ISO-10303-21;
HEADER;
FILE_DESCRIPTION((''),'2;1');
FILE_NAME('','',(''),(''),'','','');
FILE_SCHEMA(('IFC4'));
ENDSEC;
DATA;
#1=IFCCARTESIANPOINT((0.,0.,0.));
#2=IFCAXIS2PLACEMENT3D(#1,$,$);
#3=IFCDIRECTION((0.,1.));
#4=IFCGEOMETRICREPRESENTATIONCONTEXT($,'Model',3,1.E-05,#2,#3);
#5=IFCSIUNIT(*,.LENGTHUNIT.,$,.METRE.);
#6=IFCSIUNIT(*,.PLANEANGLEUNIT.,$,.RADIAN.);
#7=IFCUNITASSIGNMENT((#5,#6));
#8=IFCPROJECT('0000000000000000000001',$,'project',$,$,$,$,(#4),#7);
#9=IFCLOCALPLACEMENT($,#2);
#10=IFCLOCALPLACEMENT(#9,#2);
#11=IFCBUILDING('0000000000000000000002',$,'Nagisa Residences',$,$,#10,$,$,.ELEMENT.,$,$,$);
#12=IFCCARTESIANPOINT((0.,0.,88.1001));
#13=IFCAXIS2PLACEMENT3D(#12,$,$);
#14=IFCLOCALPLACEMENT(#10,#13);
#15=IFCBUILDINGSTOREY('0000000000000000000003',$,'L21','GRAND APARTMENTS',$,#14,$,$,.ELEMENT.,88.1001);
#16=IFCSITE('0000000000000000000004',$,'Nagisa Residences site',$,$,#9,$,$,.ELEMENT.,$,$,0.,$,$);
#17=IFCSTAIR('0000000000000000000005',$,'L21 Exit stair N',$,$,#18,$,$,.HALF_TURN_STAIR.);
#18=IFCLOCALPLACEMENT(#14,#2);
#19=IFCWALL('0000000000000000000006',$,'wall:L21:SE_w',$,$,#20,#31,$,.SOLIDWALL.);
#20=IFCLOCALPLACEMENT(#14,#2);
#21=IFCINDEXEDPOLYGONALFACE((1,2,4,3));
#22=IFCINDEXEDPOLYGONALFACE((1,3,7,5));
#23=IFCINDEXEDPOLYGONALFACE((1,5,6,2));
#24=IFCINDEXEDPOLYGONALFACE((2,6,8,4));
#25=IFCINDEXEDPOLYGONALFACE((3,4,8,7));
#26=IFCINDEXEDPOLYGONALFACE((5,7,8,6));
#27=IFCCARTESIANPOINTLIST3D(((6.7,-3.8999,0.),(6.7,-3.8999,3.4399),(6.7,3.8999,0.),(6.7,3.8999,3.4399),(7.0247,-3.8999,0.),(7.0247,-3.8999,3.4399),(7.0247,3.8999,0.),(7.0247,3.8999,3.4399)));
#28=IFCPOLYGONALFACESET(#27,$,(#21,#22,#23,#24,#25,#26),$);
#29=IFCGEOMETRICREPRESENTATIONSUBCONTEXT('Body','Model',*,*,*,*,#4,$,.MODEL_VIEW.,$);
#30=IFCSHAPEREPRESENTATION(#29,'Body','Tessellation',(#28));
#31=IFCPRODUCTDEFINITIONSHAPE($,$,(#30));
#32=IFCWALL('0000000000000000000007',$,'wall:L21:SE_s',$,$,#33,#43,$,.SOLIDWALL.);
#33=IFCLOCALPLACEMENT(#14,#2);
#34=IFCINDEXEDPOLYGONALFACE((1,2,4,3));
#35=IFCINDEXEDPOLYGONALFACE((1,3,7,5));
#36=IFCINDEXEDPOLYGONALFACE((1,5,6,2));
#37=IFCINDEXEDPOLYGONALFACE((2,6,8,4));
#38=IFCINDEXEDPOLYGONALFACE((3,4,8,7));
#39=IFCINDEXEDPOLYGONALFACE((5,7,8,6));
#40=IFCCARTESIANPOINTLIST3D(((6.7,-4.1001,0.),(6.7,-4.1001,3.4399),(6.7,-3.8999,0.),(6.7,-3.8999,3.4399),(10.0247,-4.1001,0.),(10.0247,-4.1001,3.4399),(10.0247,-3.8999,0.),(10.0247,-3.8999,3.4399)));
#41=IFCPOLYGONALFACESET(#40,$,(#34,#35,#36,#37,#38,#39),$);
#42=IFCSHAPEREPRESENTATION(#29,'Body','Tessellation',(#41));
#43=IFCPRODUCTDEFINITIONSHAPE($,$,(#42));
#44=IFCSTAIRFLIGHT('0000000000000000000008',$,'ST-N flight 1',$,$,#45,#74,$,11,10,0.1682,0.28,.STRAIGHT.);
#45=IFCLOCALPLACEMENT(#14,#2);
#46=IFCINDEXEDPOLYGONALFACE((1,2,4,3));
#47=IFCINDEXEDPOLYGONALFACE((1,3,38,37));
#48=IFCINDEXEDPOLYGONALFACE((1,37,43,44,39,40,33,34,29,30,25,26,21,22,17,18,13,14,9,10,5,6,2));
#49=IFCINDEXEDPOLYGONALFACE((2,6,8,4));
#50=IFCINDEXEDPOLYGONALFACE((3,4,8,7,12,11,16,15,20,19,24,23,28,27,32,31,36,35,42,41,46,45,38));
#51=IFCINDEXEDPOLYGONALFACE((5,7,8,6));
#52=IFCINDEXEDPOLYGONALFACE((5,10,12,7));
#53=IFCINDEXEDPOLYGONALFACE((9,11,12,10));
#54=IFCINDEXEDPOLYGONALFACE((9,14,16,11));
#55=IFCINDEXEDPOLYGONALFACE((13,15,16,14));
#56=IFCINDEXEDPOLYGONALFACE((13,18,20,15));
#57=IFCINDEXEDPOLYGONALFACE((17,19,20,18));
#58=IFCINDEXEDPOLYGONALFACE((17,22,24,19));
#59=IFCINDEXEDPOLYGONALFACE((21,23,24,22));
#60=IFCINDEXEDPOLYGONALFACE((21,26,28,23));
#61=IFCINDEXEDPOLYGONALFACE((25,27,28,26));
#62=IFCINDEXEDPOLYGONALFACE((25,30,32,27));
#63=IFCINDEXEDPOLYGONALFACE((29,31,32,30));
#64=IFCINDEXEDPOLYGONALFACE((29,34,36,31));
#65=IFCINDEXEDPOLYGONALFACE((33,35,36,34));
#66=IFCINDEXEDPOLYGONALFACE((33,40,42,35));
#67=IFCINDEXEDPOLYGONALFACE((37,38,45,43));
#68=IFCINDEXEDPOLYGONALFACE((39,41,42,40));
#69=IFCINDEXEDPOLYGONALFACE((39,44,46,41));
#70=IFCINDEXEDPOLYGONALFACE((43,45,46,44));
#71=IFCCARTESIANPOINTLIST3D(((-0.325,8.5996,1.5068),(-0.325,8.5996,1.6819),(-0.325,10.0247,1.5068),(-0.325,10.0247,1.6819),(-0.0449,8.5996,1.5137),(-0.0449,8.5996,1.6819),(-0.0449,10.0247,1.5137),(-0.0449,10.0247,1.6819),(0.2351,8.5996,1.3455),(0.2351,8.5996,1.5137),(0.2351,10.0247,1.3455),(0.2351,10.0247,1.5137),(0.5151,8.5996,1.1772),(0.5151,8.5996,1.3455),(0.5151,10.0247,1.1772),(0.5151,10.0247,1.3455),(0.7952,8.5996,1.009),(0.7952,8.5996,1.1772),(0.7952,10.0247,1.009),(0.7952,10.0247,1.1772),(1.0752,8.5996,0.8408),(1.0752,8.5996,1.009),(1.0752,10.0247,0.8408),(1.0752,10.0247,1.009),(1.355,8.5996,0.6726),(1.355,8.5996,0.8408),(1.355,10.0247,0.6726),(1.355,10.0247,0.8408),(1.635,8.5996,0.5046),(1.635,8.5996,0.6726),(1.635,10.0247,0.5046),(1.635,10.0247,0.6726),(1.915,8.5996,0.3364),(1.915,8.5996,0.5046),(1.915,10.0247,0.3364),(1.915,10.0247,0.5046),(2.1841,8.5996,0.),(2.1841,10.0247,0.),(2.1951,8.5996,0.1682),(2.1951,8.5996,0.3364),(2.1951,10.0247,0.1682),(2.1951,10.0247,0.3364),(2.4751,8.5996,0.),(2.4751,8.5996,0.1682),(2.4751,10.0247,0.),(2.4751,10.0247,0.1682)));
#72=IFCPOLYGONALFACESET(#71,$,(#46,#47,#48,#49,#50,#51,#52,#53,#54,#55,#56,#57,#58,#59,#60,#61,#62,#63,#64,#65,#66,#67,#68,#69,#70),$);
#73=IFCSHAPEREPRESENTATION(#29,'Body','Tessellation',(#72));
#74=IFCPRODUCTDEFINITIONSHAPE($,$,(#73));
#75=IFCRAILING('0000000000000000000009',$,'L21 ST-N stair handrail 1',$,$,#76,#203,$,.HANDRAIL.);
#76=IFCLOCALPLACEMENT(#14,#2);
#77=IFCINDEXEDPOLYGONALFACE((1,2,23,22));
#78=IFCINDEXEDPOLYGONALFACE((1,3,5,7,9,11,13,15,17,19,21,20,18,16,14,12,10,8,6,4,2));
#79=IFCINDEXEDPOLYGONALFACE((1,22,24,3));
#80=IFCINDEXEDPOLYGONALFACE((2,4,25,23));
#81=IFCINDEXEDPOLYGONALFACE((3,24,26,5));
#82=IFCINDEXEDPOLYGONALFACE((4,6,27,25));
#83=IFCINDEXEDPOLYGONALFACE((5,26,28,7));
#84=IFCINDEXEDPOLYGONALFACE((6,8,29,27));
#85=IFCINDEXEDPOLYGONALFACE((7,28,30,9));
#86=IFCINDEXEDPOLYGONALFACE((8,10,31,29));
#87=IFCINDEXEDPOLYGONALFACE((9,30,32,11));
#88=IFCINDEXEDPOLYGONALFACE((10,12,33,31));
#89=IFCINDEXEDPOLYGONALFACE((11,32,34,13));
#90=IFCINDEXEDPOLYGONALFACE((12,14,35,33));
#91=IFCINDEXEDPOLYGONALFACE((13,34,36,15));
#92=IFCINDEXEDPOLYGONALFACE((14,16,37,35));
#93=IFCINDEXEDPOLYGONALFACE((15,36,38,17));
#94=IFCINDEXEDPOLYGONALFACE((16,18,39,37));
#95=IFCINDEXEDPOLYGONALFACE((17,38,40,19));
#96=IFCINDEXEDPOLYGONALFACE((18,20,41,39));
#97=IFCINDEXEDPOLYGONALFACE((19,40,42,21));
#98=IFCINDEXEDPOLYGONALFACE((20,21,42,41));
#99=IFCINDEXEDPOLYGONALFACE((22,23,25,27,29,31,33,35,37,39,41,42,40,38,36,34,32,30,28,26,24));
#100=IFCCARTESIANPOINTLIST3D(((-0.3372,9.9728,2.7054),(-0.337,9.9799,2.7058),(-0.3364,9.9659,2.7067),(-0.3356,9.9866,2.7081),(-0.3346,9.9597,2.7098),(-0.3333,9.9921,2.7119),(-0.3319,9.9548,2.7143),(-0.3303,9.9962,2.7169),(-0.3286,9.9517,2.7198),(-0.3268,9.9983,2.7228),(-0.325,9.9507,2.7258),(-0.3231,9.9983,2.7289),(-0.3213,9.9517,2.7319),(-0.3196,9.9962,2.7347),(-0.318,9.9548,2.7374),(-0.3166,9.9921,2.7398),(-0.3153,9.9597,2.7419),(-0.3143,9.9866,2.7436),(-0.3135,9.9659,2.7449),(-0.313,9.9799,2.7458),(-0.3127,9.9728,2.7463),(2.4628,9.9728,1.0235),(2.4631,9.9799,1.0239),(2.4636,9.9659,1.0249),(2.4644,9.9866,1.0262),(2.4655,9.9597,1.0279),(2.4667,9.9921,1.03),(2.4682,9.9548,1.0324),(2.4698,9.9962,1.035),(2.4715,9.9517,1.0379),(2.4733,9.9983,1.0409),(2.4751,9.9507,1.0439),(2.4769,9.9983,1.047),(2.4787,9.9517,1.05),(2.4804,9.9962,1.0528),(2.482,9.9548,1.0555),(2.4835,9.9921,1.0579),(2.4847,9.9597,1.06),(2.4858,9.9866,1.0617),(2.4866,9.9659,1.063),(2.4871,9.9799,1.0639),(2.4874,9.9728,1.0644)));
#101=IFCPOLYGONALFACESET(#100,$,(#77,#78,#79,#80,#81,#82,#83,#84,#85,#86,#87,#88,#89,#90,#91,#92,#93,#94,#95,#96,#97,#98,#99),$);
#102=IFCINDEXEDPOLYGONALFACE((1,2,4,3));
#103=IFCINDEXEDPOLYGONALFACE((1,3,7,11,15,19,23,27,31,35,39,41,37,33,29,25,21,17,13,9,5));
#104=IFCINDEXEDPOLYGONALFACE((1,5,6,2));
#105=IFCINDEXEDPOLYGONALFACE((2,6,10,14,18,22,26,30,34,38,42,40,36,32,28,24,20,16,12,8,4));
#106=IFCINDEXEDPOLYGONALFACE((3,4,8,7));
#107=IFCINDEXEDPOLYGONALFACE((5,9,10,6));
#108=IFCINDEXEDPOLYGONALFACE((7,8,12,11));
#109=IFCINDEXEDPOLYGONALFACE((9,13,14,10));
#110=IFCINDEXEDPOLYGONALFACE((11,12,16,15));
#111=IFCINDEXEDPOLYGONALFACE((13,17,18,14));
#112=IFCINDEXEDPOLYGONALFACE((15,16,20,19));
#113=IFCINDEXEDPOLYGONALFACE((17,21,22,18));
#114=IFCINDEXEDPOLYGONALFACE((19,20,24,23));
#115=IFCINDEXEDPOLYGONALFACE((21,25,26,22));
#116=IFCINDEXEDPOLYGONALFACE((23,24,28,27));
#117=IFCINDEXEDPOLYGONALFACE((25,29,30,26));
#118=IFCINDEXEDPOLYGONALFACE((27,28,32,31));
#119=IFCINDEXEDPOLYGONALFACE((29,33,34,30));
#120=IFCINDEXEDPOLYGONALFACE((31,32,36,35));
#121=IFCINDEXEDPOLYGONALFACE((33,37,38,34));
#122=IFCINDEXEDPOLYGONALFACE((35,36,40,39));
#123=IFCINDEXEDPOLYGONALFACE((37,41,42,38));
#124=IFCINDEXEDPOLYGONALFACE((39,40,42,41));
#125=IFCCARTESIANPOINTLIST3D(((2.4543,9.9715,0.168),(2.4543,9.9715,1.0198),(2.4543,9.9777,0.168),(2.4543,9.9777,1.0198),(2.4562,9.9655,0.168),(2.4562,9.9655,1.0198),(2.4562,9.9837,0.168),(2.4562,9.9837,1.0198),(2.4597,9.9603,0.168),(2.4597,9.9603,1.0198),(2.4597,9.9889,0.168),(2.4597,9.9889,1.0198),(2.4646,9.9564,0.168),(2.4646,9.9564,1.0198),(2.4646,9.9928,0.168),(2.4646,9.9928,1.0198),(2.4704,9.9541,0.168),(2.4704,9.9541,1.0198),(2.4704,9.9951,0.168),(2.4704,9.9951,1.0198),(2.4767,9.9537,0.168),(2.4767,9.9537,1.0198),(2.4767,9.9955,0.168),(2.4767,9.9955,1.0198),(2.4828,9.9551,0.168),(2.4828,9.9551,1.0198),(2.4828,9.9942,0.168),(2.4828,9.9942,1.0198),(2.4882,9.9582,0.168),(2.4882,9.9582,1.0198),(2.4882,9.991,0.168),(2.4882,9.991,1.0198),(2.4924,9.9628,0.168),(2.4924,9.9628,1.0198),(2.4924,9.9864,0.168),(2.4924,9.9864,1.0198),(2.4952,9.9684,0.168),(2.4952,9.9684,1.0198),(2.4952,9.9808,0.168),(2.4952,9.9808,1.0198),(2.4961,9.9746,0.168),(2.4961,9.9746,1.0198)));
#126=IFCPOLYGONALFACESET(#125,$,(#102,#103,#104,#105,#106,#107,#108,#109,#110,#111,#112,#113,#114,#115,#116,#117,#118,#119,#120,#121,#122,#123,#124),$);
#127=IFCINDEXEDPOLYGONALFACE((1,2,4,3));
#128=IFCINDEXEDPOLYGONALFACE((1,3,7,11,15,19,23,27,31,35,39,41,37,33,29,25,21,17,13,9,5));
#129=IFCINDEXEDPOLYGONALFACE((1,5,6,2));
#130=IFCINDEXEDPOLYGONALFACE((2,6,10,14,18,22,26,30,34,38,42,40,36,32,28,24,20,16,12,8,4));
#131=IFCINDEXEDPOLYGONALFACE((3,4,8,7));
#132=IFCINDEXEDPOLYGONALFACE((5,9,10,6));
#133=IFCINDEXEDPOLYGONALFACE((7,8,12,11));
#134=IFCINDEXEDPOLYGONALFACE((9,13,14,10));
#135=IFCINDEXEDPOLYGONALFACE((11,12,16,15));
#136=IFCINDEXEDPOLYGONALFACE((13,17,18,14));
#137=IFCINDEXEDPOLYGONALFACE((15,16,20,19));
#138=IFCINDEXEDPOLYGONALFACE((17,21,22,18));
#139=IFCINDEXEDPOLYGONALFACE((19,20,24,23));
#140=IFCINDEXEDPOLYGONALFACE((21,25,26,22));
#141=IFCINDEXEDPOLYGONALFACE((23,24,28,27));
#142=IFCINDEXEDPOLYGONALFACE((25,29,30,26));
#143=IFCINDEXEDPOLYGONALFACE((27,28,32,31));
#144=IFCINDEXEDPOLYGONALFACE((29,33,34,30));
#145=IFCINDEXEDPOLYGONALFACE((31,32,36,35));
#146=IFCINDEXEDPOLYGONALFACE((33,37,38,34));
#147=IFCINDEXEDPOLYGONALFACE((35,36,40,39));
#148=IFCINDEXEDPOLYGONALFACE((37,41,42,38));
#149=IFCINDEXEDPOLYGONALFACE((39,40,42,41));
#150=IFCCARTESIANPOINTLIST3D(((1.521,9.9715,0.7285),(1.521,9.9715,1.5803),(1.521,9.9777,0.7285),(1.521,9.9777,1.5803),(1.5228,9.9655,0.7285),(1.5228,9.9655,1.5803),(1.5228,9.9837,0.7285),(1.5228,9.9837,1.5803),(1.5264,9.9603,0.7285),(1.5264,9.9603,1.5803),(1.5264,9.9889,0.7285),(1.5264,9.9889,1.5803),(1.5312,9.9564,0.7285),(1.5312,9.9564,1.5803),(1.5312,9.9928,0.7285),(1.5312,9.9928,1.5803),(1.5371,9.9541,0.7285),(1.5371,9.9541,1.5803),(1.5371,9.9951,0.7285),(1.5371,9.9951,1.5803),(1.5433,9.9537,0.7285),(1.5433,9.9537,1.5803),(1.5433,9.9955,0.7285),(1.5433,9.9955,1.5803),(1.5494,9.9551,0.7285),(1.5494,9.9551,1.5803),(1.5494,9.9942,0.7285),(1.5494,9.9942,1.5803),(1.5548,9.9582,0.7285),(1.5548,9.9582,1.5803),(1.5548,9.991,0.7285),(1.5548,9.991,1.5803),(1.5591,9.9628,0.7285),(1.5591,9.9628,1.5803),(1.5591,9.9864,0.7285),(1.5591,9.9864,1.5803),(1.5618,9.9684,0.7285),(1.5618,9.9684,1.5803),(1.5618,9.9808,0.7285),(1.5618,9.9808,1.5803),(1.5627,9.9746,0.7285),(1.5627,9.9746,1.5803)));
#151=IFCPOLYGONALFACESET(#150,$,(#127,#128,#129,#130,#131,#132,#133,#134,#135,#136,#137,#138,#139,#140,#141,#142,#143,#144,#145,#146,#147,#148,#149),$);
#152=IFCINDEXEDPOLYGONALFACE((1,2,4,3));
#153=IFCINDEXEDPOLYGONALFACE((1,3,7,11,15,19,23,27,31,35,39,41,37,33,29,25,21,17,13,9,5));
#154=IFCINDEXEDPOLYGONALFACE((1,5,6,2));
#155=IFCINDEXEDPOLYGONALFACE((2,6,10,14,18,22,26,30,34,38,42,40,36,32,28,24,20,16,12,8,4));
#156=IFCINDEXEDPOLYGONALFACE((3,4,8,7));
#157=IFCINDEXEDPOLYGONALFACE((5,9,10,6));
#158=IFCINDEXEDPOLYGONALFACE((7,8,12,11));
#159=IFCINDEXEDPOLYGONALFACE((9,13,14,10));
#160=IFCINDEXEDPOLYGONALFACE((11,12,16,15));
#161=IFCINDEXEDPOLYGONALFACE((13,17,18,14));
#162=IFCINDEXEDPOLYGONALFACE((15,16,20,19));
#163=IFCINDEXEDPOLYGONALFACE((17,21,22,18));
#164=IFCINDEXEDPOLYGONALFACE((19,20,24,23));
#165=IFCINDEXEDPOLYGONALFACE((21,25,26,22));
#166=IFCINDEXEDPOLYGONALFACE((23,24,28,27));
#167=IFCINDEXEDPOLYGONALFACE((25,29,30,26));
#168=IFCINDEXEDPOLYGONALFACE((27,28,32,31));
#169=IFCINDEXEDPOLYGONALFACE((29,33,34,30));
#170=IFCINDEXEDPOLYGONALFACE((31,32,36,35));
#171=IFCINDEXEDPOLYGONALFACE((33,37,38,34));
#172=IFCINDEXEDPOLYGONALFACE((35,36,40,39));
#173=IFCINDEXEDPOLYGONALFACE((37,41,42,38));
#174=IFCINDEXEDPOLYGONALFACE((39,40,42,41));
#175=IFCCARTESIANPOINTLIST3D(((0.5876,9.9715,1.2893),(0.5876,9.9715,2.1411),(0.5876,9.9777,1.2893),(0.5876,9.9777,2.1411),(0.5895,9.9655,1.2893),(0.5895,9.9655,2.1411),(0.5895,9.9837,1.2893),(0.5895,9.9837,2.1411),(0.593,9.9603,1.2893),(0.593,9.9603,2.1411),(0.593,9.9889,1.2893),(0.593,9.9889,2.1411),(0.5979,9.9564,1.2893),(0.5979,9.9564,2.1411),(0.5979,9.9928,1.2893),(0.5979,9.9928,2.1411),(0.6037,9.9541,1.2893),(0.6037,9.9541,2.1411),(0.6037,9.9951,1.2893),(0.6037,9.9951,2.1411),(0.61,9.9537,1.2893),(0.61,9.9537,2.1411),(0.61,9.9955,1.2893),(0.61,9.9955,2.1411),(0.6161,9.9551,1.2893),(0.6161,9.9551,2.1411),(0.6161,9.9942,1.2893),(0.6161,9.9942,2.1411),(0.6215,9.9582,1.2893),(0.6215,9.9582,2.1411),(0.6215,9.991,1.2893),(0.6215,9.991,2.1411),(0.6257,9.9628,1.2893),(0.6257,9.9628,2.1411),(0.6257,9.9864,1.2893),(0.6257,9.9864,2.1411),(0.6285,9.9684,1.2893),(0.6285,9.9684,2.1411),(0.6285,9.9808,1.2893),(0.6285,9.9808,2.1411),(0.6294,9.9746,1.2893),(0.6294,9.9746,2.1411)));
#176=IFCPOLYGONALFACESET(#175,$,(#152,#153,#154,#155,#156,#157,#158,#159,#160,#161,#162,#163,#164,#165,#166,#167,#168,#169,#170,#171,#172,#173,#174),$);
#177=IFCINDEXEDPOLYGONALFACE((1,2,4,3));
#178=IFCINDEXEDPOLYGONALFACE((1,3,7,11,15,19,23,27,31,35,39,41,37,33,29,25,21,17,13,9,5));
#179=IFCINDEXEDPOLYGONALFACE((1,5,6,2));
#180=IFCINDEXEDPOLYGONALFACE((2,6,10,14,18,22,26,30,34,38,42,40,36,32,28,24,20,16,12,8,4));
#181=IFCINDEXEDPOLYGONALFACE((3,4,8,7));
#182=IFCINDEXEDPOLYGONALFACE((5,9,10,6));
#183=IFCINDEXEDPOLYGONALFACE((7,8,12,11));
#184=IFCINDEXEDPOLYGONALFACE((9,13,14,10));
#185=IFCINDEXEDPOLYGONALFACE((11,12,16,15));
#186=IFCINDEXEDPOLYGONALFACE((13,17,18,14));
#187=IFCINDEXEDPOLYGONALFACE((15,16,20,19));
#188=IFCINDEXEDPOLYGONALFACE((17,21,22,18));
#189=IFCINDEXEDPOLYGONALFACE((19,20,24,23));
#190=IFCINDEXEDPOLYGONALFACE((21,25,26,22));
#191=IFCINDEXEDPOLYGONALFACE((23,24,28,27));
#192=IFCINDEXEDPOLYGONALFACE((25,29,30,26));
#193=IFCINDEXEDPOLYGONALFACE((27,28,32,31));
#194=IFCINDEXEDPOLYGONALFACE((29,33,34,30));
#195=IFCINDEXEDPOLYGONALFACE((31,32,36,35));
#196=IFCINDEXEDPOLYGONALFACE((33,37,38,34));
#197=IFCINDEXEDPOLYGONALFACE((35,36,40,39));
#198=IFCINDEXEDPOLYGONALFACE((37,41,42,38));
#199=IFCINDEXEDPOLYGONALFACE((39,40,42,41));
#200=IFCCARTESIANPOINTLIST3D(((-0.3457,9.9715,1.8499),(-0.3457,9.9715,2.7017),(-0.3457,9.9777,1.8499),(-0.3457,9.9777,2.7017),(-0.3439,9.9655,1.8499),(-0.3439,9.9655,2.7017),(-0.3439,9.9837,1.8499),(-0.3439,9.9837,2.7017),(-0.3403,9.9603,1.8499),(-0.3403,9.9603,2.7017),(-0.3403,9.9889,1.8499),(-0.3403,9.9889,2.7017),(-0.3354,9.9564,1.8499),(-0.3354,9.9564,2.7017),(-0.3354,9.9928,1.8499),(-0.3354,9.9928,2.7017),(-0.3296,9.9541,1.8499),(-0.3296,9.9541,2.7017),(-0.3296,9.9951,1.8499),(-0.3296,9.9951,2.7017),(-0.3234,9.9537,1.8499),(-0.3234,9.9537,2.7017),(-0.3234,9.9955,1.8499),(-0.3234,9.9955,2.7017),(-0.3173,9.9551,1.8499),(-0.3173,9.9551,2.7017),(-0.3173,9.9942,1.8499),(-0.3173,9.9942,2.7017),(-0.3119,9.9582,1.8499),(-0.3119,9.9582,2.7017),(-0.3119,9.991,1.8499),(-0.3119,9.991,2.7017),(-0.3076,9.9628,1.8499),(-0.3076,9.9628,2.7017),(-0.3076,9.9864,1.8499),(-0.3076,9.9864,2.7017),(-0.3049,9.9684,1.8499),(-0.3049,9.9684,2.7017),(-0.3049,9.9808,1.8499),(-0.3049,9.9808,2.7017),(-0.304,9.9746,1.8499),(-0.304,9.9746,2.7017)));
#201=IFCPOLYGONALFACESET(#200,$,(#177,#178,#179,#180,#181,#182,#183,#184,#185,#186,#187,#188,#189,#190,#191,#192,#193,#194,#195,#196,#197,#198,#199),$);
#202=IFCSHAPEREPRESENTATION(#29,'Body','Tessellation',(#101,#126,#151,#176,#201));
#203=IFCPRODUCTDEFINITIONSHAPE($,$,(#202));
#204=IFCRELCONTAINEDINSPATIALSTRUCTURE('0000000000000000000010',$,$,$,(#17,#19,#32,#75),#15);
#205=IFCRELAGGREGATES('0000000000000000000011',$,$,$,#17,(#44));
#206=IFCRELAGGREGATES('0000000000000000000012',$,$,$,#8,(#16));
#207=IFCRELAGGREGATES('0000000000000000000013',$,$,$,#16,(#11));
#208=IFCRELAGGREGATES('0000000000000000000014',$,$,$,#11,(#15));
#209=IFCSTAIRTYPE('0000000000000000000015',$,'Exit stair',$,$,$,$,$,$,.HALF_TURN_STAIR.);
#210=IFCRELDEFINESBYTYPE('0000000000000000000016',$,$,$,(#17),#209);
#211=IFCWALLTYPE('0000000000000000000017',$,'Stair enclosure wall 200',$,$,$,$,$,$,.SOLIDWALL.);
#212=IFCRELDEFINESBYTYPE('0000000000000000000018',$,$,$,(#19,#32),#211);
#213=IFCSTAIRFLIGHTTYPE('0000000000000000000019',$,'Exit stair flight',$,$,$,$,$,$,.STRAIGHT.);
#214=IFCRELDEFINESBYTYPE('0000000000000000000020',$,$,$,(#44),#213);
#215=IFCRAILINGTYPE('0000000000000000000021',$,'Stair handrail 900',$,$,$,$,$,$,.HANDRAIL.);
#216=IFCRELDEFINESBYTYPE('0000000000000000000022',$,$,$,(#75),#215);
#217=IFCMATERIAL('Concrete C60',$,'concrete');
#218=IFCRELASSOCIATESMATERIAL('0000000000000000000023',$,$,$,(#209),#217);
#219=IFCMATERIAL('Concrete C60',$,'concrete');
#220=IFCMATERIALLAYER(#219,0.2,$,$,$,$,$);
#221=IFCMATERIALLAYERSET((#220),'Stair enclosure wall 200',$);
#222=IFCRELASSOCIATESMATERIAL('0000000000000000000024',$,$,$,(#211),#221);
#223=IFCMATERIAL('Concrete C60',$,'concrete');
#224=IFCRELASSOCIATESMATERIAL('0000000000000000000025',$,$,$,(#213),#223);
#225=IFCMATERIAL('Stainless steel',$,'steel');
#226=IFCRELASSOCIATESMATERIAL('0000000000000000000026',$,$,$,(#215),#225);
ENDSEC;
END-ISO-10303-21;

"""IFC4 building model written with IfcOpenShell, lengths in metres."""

from ifc_helpers import new_model, si_unit, direction, frame, origin, origin_2d, place, context, subcontext, project, spatial, polyline, circle, outline, extrude, material, layer, layer_set, type_object, element, aggregate, save


model = new_model("IFC4")

# Units and contexts
model_context = context("Model", 3, precision=1e-05, world=origin(), true_north=direction((0.0, 1.0)))
body_context = subcontext(model_context, "Body", "Model", "MODEL_VIEW")
ifc_project = project(units=[si_unit("LENGTHUNIT", "METRE"), si_unit("PLANEANGLEUNIT", "RADIAN")], contexts=[model_context])

# Site, building, storey
site_placement = place(None, origin())
site = spatial("IfcSite", under=ifc_project, at=site_placement, Name="Nagisa Residences site", CompositionType="ELEMENT", RefElevation=0.0)
building_placement = place(site_placement, origin())
building = spatial("IfcBuilding", under=site, at=building_placement, Name="Nagisa Residences", CompositionType="ELEMENT")
storey_placement = place(building_placement, frame((0.0, 0.0, 88.1001)))
storey = spatial("IfcBuildingStorey", under=building, at=storey_placement, Name="L21", Description="GRAND APARTMENTS", CompositionType="ELEMENT", Elevation=88.1001)

# Stair
ifc_material_1 = material(Name="Concrete C60", Category="concrete")
stair_type = type_object("IfcStairType", Name="Exit stair", PredefinedType="HALF_TURN_STAIR", material=ifc_material_1)
stair_1_placement = place(storey_placement, origin())
stair_1 = element("IfcStair", 1, at=stair_1_placement, inside=storey, type_object=stair_type, Name="L21 Exit stair N", PredefinedType="HALF_TURN_STAIR")

# Shared definitions
ifc_material_2 = material(Name="Concrete C60", Category="concrete")
ifc_layer_1 = layer(ifc_material_2, 0.2)
ifc_layer_set_1 = layer_set([ifc_layer_1], Name="Stair enclosure wall 200")
wall_type_1 = type_object("IfcWallType", Name="Stair enclosure wall 200", PredefinedType="SOLIDWALL", material=ifc_layer_set_1)

# Walls
wall_1_placement = place(storey_placement, origin())
element("IfcWall", 2, at=wall_1_placement, inside=storey, type_object=wall_type_1, Name="wall:L21:SE_w", PredefinedType="SOLIDWALL", context=body_context, shape_type="SweptSolid", body=[
    extrude(outline(polyline([(7.0247, -3.8999), (6.7, -3.8999), (6.7, 3.8999), (7.0247, 3.8999), (7.0247, -3.8999)])), origin(), (0.0, 0.0, 1.0), 3.4399),
])
wall_2_placement = place(storey_placement, origin())
element("IfcWall", 3, at=wall_2_placement, inside=storey, type_object=wall_type_1, Name="wall:L21:SE_s", PredefinedType="SOLIDWALL", context=body_context, shape_type="SweptSolid", body=[
    extrude(outline(polyline([(10.0247, -4.1001), (6.7, -4.1001), (6.7, -3.8999), (10.0247, -3.8999), (10.0247, -4.1001)])), origin(), (0.0, 0.0, 1.0), 3.4399),
])

# Stair flight
ifc_material_3 = material(Name="Concrete C60", Category="concrete")
stair_flight_type = type_object("IfcStairFlightType", Name="Exit stair flight", PredefinedType="STRAIGHT", material=ifc_material_3)
stair_flight_placement = place(storey_placement, frame((2.4751, 9.312, 0.0), z_axis=(0.0, 0.0, 1.0), x_axis=(-1.0, 0.0, 0.0)))
stair_flight = element("IfcStairFlight", 4, at=stair_flight_placement, type_object=stair_flight_type, Name="ST-N flight 1", NumberOfRisers=11, NumberOfTreads=10, PredefinedType="STRAIGHT", RiserHeight=0.1682, TreadLength=0.28, context=body_context, shape_type="SweptSolid", body=[
    extrude(outline(polyline([(0.0, 0.0), (0.0, 0.1682), (0.28, 0.1682), (0.28, 0.3364), (0.5601, 0.3364), (0.5601, 0.5046), (0.8401, 0.5046), (0.8401, 0.6726), (1.1201, 0.6726), (1.1201, 0.8408), (1.3999, 0.8408), (1.3999, 1.009), (1.6799, 1.009), (1.6799, 1.1772), (1.96, 1.1772), (1.96, 1.3455), (2.24, 1.3455), (2.24, 1.5137), (2.52, 1.5137), (2.52, 1.6819), (2.8, 1.6819), (2.8, 1.8501), (2.8, 1.5068), (0.291, 0.0), (0.0, 0.0)])), frame((0.0, 0.7124, 0.0), z_axis=(0.0, -1.0, 0.0), x_axis=(1.0, 0.0, 0.0)), (0.0, 0.0, 1.0), 1.425),
])
aggregate(stair_1, [stair_flight])

# Railing
ifc_material_4 = material(Name="Stainless steel", Category="steel")
railing_type_1 = type_object("IfcRailingType", Name="Stair handrail 900", PredefinedType="HANDRAIL", material=ifc_material_4)
railing_1_placement = place(storey_placement, frame((2.4751, 9.9746, 0.168)))
element("IfcRailing", 5, at=railing_1_placement, inside=storey, type_object=railing_type_1, Name="L21 ST-N stair handrail 1", PredefinedType="HANDRAIL", context=body_context, shape_type="SweptSolid", body=[
    extrude(circle(Radius=0.0239, at=origin_2d()), frame((0.0, 0.0, 0.876), z_axis=(-0.857242, 0.0, 0.514913), x_axis=(0.0, -1.0, 0.0)), (0.0, 0.0, 1.0), 3.2664),
    extrude(circle(Radius=0.021, at=origin_2d()), origin(), (0.0, 0.0, 1.0), 0.8518),
    extrude(circle(Radius=0.021, at=origin_2d()), frame((-0.9333, 0.0, 0.5605)), (0.0, 0.0, 1.0), 0.8518),
    extrude(circle(Radius=0.021, at=origin_2d()), frame((-1.8667, 0.0, 1.1213)), (0.0, 0.0, 1.0), 0.8518),
    extrude(circle(Radius=0.021, at=origin_2d()), frame((-2.8, 0.0, 1.6819)), (0.0, 0.0, 1.0), 0.8518),
])

save(model, "model.ifc")
